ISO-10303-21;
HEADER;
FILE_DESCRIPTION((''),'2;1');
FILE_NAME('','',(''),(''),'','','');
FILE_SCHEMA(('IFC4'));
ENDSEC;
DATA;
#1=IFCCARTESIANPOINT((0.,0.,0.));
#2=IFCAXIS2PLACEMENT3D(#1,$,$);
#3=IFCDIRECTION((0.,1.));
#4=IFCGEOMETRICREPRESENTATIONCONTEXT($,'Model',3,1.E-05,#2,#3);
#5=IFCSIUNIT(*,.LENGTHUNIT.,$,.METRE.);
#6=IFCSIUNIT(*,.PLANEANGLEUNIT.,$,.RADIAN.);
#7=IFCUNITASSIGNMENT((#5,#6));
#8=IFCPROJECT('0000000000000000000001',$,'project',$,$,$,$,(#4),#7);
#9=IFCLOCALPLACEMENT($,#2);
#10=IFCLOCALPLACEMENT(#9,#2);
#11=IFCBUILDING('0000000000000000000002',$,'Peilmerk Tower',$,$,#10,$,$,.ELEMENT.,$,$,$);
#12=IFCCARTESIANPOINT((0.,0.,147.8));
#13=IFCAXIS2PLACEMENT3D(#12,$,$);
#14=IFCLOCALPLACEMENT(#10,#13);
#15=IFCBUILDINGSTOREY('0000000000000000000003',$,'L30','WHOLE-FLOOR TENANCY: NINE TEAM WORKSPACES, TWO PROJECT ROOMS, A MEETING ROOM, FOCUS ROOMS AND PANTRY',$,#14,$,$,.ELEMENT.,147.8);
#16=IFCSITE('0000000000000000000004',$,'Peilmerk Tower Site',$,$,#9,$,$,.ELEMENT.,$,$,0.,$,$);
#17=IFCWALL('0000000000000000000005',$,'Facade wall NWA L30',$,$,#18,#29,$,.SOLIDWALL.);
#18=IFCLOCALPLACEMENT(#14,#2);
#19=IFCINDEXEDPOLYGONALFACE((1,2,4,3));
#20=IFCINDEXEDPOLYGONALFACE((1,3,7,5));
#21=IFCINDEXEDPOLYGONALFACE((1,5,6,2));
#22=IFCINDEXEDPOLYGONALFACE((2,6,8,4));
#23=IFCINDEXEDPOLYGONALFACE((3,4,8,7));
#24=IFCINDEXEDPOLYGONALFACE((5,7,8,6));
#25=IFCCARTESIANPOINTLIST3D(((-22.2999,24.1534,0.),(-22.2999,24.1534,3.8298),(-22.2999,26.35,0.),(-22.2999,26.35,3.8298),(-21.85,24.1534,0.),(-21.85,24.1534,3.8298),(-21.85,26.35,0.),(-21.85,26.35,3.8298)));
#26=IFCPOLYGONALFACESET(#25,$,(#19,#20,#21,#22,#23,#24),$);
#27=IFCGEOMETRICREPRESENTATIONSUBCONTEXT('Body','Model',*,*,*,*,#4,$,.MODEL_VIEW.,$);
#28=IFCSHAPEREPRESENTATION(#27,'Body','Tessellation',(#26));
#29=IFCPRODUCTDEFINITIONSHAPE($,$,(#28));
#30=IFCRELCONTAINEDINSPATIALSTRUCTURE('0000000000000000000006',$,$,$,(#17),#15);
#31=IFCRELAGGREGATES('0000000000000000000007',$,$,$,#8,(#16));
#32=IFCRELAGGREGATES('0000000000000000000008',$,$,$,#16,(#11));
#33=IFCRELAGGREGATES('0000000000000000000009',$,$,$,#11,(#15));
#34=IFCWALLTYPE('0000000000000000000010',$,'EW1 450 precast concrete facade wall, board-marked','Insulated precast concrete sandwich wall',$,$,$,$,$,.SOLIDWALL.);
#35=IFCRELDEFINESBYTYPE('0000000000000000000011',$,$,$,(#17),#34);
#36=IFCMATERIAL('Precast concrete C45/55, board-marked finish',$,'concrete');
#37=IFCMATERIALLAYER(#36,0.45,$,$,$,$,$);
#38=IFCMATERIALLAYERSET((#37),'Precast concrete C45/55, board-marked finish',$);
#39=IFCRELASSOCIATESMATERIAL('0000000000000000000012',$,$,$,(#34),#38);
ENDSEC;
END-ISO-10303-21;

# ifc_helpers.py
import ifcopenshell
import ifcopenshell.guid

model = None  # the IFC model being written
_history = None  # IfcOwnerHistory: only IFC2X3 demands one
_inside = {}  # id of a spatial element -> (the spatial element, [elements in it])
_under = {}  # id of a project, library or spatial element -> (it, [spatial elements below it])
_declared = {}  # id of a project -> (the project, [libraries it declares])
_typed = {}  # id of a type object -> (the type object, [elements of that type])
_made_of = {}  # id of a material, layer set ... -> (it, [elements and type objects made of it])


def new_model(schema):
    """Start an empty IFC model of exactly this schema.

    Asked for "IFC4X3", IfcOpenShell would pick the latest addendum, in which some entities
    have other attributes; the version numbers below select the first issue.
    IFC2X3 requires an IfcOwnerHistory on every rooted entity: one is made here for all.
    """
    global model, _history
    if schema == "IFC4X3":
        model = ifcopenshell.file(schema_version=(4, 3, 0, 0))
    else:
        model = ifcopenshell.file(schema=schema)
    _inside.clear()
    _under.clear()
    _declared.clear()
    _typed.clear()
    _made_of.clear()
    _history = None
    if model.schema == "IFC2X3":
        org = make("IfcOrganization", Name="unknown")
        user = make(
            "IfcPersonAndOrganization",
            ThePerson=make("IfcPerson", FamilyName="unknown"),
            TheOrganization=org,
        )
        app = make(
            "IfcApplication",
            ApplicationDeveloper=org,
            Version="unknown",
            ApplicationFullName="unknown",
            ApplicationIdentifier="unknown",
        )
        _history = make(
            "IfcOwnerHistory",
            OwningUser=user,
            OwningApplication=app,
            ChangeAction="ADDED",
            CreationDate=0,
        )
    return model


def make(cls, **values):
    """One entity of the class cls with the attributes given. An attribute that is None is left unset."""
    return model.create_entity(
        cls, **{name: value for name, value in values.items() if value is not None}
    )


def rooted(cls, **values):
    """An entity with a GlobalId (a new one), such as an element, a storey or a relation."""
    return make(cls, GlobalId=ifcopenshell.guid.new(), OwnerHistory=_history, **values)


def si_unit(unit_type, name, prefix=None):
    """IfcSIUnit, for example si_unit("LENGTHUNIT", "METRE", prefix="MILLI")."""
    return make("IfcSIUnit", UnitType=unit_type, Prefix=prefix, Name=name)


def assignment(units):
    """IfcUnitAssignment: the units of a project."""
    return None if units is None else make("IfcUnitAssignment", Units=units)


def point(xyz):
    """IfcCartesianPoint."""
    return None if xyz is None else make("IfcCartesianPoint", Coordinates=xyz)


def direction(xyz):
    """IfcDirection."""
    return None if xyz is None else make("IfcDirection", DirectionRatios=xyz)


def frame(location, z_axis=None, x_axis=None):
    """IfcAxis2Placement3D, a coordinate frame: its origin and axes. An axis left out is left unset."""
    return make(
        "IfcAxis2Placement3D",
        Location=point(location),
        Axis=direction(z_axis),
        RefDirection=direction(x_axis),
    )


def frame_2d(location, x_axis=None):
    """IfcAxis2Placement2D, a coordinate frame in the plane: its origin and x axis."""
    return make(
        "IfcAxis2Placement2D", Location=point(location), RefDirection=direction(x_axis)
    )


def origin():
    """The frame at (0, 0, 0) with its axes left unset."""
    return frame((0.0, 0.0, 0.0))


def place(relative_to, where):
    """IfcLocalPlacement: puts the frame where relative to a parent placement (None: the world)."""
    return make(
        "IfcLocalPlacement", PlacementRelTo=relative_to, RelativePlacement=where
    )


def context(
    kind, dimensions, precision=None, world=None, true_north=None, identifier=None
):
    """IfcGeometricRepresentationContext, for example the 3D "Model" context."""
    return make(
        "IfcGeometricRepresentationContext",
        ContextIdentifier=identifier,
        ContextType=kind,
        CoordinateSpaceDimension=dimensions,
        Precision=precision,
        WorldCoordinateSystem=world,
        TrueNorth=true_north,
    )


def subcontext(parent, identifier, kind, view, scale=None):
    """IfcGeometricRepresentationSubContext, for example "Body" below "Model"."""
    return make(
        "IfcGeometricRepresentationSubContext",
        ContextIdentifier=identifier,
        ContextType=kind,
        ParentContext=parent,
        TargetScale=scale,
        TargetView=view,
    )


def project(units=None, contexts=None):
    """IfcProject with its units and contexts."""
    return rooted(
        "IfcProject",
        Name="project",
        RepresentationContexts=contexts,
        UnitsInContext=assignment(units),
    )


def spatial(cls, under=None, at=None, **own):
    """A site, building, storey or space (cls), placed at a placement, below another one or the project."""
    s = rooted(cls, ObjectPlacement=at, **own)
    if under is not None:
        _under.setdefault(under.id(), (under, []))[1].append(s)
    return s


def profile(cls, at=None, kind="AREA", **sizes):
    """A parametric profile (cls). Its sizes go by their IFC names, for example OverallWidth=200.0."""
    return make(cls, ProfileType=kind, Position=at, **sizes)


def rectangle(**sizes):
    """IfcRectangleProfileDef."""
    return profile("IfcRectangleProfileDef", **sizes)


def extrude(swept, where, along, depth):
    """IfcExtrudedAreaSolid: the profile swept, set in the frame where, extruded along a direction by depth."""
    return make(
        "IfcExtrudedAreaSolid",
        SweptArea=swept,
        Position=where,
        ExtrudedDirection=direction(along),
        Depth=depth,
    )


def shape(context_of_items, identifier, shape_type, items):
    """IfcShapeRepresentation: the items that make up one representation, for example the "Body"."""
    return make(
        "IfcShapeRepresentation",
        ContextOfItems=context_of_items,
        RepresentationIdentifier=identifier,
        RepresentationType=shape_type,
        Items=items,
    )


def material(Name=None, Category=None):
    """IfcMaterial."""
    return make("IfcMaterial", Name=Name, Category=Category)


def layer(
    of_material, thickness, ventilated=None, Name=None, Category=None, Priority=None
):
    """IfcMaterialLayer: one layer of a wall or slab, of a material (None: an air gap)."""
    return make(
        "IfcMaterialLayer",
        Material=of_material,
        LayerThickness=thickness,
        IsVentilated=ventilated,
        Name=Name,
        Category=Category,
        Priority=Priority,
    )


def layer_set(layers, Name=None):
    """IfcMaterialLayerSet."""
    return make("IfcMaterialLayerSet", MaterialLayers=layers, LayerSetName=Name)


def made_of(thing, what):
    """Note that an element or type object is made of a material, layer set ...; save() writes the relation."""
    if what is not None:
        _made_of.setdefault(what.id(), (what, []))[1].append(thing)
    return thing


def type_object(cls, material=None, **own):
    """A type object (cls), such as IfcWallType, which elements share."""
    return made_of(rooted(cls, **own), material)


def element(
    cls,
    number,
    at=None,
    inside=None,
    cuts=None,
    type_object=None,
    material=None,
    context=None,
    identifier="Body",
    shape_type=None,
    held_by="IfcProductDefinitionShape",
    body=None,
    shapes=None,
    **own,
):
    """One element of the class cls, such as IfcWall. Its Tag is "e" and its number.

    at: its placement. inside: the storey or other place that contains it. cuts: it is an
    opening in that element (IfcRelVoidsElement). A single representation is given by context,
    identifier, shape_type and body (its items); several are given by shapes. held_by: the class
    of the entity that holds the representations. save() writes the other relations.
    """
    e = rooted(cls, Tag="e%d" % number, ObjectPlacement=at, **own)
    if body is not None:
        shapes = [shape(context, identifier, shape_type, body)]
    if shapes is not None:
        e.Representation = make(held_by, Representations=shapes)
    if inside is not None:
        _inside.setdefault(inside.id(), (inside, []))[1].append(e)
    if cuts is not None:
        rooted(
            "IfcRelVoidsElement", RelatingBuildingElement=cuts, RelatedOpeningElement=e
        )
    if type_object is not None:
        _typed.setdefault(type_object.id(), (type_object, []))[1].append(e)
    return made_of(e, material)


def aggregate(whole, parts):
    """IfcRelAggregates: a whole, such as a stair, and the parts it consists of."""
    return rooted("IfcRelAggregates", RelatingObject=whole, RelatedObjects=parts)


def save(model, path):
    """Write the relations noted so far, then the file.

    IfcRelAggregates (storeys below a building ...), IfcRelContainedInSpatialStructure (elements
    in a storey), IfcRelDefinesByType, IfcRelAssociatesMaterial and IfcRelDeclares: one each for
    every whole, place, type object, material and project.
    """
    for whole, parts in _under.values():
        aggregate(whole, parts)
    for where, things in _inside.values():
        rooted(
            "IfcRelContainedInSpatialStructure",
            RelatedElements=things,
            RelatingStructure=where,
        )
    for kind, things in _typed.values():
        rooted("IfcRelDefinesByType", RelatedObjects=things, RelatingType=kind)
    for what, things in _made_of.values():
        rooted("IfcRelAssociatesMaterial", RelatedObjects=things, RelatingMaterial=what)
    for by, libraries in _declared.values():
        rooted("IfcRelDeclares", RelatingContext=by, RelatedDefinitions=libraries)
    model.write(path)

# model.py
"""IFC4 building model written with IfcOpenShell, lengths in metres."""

from ifc_helpers import new_model, si_unit, direction, frame, frame_2d, origin, place, context, subcontext, project, spatial, rectangle, extrude, material, layer, layer_set, type_object, element, save


model = new_model("IFC4")

# Units and contexts
model_context = context("Model", 3, precision=1e-05, world=origin(), true_north=direction((0.0, 1.0)))
body_context = subcontext(model_context, "Body", "Model", "MODEL_VIEW")
ifc_project = project(units=[si_unit("LENGTHUNIT", "METRE"), si_unit("PLANEANGLEUNIT", "RADIAN")], contexts=[model_context])

# Site, building, storey
site_placement = place(None, origin())
site = spatial("IfcSite", under=ifc_project, at=site_placement, Name="Peilmerk Tower Site", CompositionType="ELEMENT", RefElevation=0.0)
building_placement = place(site_placement, origin())
building = spatial("IfcBuilding", under=site, at=building_placement, Name="Peilmerk Tower", CompositionType="ELEMENT")
storey_placement = place(building_placement, frame((0.0, 0.0, 147.8)))
storey = spatial("IfcBuildingStorey", under=building, at=storey_placement, Name="L30", Description="WHOLE-FLOOR TENANCY: NINE TEAM WORKSPACES, TWO PROJECT ROOMS, A MEETING ROOM, FOCUS ROOMS AND PANTRY", CompositionType="ELEMENT", Elevation=147.8)

# Wall
ifc_material_1 = material(Name="Precast concrete C45/55, board-marked finish", Category="concrete")
ifc_layer_1 = layer(ifc_material_1, 0.45)
ifc_layer_set_1 = layer_set([ifc_layer_1], Name="Precast concrete C45/55, board-marked finish")
wall_type = type_object("IfcWallType", Name="EW1 450 precast concrete facade wall, board-marked", Description="Insulated precast concrete sandwich wall", PredefinedType="SOLIDWALL", material=ifc_layer_set_1)
wall_placement = place(storey_placement, frame((-22.075, 24.1536, 0.0), z_axis=(0.0, 0.0, 1.0), x_axis=(0.0, 1.0, 0.0)))
element("IfcWall", 1, at=wall_placement, inside=storey, type_object=wall_type, Name="Facade wall NWA L30", PredefinedType="SOLIDWALL", context=body_context, shape_type="SweptSolid", body=[
    extrude(rectangle(XDim=2.1965, YDim=0.45, at=frame_2d((1.0981, 0.0))), origin(), (0.0, 0.0, 1.0), 3.8298),
])

save(model, "model.ifc")
